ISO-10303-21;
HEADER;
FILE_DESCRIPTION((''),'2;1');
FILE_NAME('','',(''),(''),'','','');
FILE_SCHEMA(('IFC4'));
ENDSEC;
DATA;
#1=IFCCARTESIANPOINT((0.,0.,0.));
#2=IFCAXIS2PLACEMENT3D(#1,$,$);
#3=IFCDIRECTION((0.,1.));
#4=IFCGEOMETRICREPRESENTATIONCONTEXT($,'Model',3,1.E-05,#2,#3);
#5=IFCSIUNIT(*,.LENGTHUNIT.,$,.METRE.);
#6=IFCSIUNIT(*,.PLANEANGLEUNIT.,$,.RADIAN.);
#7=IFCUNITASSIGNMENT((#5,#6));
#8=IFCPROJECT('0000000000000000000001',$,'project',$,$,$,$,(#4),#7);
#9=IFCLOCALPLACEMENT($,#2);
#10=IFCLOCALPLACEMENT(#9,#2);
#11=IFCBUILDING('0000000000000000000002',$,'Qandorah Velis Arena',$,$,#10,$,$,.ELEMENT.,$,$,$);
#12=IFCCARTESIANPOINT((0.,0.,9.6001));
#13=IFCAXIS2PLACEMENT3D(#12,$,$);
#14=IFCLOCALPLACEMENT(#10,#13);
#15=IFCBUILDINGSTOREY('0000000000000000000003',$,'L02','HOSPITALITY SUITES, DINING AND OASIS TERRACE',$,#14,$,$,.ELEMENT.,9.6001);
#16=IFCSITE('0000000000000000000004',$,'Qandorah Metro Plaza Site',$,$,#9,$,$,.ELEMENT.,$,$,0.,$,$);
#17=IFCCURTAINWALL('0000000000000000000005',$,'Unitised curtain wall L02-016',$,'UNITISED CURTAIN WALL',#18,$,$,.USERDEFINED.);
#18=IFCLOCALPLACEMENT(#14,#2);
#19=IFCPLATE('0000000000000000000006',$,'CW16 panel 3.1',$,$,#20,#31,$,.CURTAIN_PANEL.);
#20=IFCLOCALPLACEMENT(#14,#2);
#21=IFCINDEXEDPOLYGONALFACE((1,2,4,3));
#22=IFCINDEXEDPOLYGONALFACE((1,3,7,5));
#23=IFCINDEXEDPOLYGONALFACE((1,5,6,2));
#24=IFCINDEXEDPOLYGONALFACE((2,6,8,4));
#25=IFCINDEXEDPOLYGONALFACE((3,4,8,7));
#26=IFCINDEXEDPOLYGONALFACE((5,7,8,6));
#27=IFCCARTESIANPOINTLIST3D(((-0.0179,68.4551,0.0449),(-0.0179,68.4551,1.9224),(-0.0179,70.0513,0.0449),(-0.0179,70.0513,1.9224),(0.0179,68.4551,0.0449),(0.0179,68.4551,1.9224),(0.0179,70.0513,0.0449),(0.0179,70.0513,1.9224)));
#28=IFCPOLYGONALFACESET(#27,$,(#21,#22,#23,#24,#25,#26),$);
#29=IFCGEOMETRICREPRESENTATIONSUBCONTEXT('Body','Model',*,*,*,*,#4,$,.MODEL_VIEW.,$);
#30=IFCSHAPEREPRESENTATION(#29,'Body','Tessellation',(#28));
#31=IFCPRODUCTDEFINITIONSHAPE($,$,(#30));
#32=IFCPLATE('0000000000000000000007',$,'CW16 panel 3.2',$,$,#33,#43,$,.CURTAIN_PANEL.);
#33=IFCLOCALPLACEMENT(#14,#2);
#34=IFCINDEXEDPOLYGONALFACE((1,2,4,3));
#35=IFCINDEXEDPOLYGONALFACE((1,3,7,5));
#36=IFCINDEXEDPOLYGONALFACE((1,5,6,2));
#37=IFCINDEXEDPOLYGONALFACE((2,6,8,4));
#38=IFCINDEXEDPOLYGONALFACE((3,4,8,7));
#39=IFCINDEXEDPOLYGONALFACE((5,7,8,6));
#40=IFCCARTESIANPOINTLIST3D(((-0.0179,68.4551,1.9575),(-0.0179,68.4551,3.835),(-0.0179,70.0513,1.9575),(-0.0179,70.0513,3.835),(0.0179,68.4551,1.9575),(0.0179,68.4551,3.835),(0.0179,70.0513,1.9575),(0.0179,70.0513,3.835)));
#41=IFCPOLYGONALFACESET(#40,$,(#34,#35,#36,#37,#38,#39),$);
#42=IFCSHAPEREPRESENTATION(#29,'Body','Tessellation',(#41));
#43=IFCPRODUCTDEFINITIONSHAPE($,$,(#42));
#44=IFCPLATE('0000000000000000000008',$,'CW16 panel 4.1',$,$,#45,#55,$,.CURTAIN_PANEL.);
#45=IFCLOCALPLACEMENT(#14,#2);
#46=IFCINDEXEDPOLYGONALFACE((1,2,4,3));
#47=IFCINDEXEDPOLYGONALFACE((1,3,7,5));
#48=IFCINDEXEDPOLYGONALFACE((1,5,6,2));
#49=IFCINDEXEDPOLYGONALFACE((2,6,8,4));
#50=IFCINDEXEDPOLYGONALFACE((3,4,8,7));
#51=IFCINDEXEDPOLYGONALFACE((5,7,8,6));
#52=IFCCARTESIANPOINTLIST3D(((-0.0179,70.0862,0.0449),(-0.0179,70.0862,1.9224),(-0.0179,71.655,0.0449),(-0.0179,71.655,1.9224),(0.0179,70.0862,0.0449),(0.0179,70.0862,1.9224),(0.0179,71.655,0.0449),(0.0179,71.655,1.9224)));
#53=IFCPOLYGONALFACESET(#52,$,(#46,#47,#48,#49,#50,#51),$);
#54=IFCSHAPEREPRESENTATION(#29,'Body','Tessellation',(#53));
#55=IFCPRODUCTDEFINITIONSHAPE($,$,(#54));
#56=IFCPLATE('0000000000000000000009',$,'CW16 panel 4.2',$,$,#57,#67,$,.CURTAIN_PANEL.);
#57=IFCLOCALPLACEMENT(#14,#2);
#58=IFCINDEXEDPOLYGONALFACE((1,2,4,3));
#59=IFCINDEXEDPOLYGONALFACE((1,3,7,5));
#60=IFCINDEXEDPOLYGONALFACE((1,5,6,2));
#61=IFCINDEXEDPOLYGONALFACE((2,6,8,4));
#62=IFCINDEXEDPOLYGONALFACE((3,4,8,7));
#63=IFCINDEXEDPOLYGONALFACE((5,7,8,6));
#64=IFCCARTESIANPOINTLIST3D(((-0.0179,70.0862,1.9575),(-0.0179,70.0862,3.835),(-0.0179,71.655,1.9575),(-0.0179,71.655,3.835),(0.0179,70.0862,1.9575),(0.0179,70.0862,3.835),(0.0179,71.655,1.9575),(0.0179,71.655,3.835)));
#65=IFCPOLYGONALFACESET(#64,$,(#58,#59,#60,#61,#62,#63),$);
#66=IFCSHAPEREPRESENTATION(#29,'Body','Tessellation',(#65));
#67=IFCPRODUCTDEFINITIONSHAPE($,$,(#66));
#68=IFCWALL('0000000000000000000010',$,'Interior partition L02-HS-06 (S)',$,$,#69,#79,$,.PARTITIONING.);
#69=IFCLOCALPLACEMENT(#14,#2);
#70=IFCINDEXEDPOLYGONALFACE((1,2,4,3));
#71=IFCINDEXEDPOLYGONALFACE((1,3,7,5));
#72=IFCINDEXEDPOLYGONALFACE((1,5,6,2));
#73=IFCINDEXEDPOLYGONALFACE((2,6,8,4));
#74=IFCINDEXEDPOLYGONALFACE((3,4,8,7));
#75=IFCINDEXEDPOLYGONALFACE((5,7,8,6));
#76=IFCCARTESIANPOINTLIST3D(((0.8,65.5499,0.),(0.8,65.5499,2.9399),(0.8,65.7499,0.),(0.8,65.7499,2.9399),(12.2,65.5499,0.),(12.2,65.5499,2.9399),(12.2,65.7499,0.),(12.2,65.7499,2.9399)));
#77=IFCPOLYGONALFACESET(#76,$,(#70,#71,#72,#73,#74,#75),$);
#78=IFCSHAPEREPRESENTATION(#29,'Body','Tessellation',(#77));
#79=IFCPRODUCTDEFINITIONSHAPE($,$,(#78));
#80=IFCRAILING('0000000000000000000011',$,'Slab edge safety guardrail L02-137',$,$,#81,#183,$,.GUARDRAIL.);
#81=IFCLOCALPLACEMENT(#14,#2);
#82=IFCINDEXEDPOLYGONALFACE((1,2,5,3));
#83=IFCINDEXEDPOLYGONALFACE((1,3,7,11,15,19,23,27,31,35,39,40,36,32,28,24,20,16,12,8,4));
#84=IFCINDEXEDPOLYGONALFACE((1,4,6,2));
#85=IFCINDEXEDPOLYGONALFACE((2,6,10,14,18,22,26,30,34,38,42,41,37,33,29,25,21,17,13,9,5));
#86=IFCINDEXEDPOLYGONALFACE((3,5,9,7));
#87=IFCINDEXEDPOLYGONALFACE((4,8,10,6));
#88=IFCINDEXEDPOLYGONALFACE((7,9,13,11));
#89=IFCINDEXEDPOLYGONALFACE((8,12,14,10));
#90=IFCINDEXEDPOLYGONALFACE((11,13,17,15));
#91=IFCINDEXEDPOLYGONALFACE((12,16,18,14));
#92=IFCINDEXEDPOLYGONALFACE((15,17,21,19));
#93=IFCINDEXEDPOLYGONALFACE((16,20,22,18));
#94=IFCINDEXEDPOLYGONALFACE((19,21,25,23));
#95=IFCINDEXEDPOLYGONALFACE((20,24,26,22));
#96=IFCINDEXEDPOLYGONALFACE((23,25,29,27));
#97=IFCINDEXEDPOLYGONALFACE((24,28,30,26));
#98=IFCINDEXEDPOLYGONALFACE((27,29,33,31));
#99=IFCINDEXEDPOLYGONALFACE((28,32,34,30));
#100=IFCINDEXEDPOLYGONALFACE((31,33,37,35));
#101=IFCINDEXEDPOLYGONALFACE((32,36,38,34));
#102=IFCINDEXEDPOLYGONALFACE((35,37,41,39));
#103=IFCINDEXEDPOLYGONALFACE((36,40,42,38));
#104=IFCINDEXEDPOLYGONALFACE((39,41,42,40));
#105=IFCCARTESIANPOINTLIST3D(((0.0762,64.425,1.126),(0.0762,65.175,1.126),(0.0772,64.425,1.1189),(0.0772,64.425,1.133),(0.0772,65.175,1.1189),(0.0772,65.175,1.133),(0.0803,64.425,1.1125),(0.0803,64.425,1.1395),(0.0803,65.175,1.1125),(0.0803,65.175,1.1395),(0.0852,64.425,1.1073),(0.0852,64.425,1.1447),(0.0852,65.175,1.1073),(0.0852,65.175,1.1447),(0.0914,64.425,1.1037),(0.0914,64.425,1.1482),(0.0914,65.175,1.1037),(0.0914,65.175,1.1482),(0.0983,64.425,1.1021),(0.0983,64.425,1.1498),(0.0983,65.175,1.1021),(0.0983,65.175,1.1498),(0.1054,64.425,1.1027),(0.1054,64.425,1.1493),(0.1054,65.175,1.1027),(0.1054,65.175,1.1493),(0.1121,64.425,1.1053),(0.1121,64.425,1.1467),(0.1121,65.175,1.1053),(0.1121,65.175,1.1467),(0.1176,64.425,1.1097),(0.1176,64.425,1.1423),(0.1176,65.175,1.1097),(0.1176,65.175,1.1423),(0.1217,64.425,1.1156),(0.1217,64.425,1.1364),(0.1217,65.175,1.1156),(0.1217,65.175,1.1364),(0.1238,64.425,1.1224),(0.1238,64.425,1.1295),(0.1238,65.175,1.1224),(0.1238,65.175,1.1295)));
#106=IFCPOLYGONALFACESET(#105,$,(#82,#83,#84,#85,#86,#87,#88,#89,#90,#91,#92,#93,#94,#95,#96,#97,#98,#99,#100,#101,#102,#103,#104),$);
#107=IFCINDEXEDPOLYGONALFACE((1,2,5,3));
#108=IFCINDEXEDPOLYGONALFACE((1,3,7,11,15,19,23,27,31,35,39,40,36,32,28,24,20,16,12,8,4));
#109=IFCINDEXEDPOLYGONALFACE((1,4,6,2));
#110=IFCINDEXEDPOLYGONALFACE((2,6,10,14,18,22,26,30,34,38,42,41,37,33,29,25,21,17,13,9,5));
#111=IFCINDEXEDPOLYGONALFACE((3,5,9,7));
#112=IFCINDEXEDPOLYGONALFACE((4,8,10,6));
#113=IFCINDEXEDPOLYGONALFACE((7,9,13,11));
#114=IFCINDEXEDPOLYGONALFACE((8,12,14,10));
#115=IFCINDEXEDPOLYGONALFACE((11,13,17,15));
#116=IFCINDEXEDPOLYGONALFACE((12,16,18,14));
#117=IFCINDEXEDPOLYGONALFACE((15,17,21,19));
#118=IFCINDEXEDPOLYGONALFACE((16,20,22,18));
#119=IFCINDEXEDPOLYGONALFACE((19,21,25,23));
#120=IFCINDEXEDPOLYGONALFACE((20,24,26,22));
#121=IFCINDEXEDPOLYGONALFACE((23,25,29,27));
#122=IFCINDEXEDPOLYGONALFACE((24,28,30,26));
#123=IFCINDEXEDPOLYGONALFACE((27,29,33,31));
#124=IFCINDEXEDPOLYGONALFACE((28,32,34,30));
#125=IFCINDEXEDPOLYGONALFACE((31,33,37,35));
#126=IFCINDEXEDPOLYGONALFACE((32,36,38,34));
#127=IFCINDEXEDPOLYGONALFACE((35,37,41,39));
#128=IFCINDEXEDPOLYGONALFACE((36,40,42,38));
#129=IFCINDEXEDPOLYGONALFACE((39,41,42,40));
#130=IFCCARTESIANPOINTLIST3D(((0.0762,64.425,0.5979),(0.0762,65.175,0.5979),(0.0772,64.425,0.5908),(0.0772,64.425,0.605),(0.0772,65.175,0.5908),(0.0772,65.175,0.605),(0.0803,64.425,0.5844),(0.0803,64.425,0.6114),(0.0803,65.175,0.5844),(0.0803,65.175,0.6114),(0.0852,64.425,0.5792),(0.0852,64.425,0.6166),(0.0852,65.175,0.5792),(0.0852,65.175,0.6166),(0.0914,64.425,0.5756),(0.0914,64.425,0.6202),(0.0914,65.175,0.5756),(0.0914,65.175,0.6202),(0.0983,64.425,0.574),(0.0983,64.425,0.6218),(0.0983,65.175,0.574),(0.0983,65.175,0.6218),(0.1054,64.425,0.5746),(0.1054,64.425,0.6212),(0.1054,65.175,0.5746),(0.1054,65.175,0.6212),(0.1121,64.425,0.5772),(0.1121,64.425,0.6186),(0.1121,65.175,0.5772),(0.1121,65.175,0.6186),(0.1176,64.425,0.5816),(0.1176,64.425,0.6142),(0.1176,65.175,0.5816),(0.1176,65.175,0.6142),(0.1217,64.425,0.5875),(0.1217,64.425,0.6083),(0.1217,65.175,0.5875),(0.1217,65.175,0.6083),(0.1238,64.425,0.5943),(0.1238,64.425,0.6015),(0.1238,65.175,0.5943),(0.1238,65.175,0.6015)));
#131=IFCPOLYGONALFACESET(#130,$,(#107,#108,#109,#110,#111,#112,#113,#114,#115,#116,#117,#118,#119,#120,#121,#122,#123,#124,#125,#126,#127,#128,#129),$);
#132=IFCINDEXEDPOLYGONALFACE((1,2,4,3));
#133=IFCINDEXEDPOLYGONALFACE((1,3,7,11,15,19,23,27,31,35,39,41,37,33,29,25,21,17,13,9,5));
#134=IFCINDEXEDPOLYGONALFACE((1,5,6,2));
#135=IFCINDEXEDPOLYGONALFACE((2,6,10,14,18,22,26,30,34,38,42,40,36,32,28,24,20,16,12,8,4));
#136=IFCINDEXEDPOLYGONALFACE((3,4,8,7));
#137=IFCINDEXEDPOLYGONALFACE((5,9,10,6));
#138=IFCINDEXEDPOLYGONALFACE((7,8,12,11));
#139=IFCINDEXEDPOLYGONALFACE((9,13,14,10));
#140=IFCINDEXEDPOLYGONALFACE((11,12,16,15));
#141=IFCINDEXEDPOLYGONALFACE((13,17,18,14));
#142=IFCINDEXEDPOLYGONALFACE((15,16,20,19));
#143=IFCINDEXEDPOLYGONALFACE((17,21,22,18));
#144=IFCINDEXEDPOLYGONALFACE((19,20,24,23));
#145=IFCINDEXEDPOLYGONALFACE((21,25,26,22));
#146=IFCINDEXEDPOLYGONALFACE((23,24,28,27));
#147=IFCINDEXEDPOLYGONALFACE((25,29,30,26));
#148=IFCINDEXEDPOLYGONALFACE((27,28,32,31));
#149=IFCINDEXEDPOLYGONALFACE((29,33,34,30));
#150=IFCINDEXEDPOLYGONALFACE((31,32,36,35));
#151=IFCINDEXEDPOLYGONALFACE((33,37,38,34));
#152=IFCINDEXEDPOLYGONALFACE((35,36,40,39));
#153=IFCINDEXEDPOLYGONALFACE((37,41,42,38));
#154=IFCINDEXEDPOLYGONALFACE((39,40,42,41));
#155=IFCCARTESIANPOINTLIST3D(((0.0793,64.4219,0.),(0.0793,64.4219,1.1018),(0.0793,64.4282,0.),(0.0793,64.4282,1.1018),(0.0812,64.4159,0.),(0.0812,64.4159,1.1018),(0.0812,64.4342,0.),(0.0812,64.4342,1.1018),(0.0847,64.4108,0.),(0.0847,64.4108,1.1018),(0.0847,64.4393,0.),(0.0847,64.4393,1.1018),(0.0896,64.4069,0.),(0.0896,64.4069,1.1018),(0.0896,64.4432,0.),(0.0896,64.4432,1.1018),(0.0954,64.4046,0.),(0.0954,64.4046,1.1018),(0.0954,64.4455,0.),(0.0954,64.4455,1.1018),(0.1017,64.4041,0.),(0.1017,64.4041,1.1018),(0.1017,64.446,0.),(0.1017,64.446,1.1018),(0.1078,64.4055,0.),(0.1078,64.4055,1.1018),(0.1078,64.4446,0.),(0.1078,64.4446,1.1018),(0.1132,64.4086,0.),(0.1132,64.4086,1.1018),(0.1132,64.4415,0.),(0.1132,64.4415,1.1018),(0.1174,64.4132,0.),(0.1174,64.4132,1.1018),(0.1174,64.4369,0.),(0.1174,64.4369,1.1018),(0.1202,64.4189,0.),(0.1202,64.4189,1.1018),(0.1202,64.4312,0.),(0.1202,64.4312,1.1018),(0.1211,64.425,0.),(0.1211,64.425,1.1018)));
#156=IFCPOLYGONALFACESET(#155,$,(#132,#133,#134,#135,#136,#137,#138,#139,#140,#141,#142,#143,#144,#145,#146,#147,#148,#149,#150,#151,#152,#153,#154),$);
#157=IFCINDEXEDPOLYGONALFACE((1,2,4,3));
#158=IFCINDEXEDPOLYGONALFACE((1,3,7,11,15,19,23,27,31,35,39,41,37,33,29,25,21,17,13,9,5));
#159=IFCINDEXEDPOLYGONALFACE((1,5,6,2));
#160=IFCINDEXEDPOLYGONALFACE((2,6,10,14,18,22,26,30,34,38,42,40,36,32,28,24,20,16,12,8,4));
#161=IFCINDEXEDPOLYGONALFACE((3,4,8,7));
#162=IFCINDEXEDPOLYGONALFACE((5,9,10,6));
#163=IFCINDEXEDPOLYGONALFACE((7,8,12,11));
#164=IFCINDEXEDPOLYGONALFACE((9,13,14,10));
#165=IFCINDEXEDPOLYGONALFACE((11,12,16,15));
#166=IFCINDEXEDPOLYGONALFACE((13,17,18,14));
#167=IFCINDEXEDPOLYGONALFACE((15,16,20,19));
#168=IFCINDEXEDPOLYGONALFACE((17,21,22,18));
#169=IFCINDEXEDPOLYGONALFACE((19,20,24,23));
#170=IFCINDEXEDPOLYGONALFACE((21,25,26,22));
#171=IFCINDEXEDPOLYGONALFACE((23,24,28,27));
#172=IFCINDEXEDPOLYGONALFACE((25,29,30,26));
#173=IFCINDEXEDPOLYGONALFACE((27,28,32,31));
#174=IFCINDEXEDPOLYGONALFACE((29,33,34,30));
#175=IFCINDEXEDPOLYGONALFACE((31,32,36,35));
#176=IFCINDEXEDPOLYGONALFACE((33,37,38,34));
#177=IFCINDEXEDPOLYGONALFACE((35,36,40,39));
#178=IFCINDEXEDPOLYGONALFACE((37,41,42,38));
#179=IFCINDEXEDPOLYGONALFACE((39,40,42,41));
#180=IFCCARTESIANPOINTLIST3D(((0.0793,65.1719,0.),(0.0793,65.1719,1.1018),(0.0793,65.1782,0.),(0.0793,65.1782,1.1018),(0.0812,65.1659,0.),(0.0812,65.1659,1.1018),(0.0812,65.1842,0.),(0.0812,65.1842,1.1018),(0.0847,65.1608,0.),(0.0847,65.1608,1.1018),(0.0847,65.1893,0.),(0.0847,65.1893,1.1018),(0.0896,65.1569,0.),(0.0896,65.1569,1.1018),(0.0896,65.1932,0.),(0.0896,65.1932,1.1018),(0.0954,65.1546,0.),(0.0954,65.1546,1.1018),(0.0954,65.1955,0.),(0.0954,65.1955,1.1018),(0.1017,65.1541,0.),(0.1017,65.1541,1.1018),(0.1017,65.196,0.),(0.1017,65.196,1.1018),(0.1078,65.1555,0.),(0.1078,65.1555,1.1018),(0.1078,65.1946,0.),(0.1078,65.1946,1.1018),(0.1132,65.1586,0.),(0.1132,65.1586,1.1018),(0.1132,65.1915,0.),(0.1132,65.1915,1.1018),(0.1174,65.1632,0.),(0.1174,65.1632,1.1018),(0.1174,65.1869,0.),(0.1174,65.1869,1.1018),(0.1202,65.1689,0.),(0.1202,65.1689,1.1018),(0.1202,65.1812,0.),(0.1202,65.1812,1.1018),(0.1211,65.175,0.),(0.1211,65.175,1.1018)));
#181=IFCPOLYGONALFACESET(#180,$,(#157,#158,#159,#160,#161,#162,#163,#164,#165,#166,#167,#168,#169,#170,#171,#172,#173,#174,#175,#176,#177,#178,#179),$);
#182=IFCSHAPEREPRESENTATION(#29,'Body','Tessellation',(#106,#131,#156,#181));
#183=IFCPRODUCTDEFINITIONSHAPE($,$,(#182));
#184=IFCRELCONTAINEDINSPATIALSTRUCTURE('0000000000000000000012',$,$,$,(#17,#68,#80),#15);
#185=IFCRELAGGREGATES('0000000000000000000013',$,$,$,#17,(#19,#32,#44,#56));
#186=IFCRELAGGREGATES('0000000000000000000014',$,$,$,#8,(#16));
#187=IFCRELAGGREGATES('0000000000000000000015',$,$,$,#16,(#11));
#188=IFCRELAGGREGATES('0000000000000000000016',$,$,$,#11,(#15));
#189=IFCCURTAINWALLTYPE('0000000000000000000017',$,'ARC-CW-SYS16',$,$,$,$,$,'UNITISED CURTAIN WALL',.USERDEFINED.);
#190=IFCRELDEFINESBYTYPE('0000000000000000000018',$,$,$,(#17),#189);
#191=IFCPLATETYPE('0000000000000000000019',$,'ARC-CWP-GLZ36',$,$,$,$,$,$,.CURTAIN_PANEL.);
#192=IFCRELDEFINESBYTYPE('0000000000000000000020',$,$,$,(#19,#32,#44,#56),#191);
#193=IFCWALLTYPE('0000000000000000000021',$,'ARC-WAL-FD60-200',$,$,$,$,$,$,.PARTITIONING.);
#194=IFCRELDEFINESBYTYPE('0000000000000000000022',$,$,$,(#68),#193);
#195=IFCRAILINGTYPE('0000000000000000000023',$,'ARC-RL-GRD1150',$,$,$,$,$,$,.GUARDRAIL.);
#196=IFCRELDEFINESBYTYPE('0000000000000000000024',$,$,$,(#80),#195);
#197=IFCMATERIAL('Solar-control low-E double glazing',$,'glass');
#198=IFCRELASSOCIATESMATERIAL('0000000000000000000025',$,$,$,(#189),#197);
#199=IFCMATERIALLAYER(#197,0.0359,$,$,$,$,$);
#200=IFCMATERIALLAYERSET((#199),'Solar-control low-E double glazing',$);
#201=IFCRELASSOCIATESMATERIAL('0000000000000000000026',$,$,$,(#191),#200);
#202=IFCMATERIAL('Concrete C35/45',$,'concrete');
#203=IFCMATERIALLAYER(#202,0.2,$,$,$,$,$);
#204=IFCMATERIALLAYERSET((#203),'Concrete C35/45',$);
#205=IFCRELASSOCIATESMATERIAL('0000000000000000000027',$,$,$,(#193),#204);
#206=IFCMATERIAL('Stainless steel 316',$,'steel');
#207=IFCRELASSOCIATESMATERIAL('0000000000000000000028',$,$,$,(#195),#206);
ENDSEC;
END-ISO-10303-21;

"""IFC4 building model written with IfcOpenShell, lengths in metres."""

from ifc_helpers import new_model, si_unit, direction, frame, frame_2d, origin, origin_2d, place, context, subcontext, project, spatial, rectangle, circle, extrude, material, layer, layer_set, type_object, element, aggregate, save


model = new_model("IFC4")

# Units and contexts
model_context = context("Model", 3, precision=1e-05, world=origin(), true_north=direction((0.0, 1.0)))
body_context = subcontext(model_context, "Body", "Model", "MODEL_VIEW")
ifc_project = project(units=[si_unit("LENGTHUNIT", "METRE"), si_unit("PLANEANGLEUNIT", "RADIAN")], contexts=[model_context])

# Site, building, storey
site_placement = place(None, origin())
site = spatial("IfcSite", under=ifc_project, at=site_placement, Name="Qandorah Metro Plaza Site", CompositionType="ELEMENT", RefElevation=0.0)
building_placement = place(site_placement, origin())
building = spatial("IfcBuilding", under=site, at=building_placement, Name="Qandorah Velis Arena", CompositionType="ELEMENT")
storey_placement = place(building_placement, frame((0.0, 0.0, 9.6001)))
storey = spatial("IfcBuildingStorey", under=building, at=storey_placement, Name="L02", Description="HOSPITALITY SUITES, DINING AND OASIS TERRACE", CompositionType="ELEMENT", Elevation=9.6001)

# Curtain wall
ifc_material_1 = material(Name="Solar-control low-E double glazing", Category="glass")
curtain_wall_type_1 = type_object("IfcCurtainWallType", Name="ARC-CW-SYS16", ElementType="UNITISED CURTAIN WALL", PredefinedType="USERDEFINED", material=ifc_material_1)
curtain_wall_1_placement = place(storey_placement, origin())
curtain_wall_1 = element("IfcCurtainWall", 1, at=curtain_wall_1_placement, inside=storey, type_object=curtain_wall_type_1, Name="Unitised curtain wall L02-016", ObjectType="UNITISED CURTAIN WALL", PredefinedType="USERDEFINED")

# Plates
ifc_layer_1 = layer(ifc_material_1, 0.0359)
ifc_layer_set_1 = layer_set([ifc_layer_1], Name="Solar-control low-E double glazing")
plate_type = type_object("IfcPlateType", Name="ARC-CWP-GLZ36", PredefinedType="CURTAIN_PANEL", material=ifc_layer_set_1)
plate_1_placement = place(storey_placement, frame((0.0, 69.2532, 0.0449), z_axis=(0.0, 0.0, 1.0), x_axis=(0.0, 1.0, 0.0)))
plate_1 = element("IfcPlate", 2, at=plate_1_placement, type_object=plate_type, Name="CW16 panel 3.1", PredefinedType="CURTAIN_PANEL", context=body_context, shape_type="SweptSolid", body=[
    extrude(rectangle(XDim=1.5962, YDim=0.0359, at=origin_2d()), origin(), (0.0, 0.0, 1.0), 1.8774),
])
plate_2_placement = place(storey_placement, frame((0.0, 69.2532, 1.9575), z_axis=(0.0, 0.0, 1.0), x_axis=(0.0, 1.0, 0.0)))
plate_2 = element("IfcPlate", 3, at=plate_2_placement, type_object=plate_type, Name="CW16 panel 3.2", PredefinedType="CURTAIN_PANEL", context=body_context, shape_type="SweptSolid", body=[
    extrude(rectangle(XDim=1.5962, YDim=0.0359, at=origin_2d()), origin(), (0.0, 0.0, 1.0), 1.8774),
])
plate_3_placement = place(storey_placement, frame((0.0, 70.8706, 0.0449), z_axis=(0.0, 0.0, 1.0), x_axis=(0.0, 1.0, 0.0)))
plate_3 = element("IfcPlate", 4, at=plate_3_placement, type_object=plate_type, Name="CW16 panel 4.1", PredefinedType="CURTAIN_PANEL", context=body_context, shape_type="SweptSolid", body=[
    extrude(rectangle(XDim=1.5688, YDim=0.0359, at=origin_2d()), origin(), (0.0, 0.0, 1.0), 1.8774),
])
plate_4_placement = place(storey_placement, frame((0.0, 70.8706, 1.9575), z_axis=(0.0, 0.0, 1.0), x_axis=(0.0, 1.0, 0.0)))
plate_4 = element("IfcPlate", 5, at=plate_4_placement, type_object=plate_type, Name="CW16 panel 4.2", PredefinedType="CURTAIN_PANEL", context=body_context, shape_type="SweptSolid", body=[
    extrude(rectangle(XDim=1.5688, YDim=0.0359, at=origin_2d()), origin(), (0.0, 0.0, 1.0), 1.8774),
])
aggregate(curtain_wall_1, [plate_1, plate_2, plate_3, plate_4])

# Wall
ifc_material_2 = material(Name="Concrete C35/45", Category="concrete")
ifc_layer_2 = layer(ifc_material_2, 0.2)
ifc_layer_set_2 = layer_set([ifc_layer_2], Name="Concrete C35/45")
wall_type = type_object("IfcWallType", Name="ARC-WAL-FD60-200", PredefinedType="PARTITIONING", material=ifc_layer_set_2)
wall_placement = place(storey_placement, frame((0.8, 65.6499, 0.0), z_axis=(0.0, 0.0, 1.0), x_axis=(1.0, 0.0, 0.0)))
element("IfcWall", 6, at=wall_placement, inside=storey, type_object=wall_type, Name="Interior partition L02-HS-06 (S)", PredefinedType="PARTITIONING", context=body_context, shape_type="SweptSolid", body=[
    extrude(rectangle(XDim=11.3999, YDim=0.2, at=frame_2d((5.7, 0.0))), origin(), (0.0, 0.0, 1.0), 2.9399),
])

# Railing
ifc_material_3 = material(Name="Stainless steel 316", Category="steel")
railing_type = type_object("IfcRailingType", Name="ARC-RL-GRD1150", PredefinedType="GUARDRAIL", material=ifc_material_3)
railing_1_placement = place(storey_placement, frame((0.1001, 64.425, 0.0)))
element("IfcRailing", 7, at=railing_1_placement, inside=storey, type_object=railing_type, Name="Slab edge safety guardrail L02-137", PredefinedType="GUARDRAIL", context=body_context, shape_type="SweptSolid", body=[
    extrude(circle(Radius=0.0239, at=origin_2d()), frame((0.0, 0.0, 1.126), z_axis=(0.0, 1.0, 0.0), x_axis=(-1.0, 0.0, 0.0)), (0.0, 0.0, 1.0), 0.75),
    extrude(circle(Radius=0.0239, at=origin_2d()), frame((0.0, 0.0, 0.5979), z_axis=(0.0, 1.0, 0.0), x_axis=(-1.0, 0.0, 0.0)), (0.0, 0.0, 1.0), 0.75),
    extrude(circle(Radius=0.021, at=origin_2d()), origin(), (0.0, 0.0, 1.0), 1.1018),
    extrude(circle(Radius=0.021, at=origin_2d()), frame((0.0, 0.75, 0.0)), (0.0, 0.0, 1.0), 1.1018),
])

save(model, "model.ifc")
